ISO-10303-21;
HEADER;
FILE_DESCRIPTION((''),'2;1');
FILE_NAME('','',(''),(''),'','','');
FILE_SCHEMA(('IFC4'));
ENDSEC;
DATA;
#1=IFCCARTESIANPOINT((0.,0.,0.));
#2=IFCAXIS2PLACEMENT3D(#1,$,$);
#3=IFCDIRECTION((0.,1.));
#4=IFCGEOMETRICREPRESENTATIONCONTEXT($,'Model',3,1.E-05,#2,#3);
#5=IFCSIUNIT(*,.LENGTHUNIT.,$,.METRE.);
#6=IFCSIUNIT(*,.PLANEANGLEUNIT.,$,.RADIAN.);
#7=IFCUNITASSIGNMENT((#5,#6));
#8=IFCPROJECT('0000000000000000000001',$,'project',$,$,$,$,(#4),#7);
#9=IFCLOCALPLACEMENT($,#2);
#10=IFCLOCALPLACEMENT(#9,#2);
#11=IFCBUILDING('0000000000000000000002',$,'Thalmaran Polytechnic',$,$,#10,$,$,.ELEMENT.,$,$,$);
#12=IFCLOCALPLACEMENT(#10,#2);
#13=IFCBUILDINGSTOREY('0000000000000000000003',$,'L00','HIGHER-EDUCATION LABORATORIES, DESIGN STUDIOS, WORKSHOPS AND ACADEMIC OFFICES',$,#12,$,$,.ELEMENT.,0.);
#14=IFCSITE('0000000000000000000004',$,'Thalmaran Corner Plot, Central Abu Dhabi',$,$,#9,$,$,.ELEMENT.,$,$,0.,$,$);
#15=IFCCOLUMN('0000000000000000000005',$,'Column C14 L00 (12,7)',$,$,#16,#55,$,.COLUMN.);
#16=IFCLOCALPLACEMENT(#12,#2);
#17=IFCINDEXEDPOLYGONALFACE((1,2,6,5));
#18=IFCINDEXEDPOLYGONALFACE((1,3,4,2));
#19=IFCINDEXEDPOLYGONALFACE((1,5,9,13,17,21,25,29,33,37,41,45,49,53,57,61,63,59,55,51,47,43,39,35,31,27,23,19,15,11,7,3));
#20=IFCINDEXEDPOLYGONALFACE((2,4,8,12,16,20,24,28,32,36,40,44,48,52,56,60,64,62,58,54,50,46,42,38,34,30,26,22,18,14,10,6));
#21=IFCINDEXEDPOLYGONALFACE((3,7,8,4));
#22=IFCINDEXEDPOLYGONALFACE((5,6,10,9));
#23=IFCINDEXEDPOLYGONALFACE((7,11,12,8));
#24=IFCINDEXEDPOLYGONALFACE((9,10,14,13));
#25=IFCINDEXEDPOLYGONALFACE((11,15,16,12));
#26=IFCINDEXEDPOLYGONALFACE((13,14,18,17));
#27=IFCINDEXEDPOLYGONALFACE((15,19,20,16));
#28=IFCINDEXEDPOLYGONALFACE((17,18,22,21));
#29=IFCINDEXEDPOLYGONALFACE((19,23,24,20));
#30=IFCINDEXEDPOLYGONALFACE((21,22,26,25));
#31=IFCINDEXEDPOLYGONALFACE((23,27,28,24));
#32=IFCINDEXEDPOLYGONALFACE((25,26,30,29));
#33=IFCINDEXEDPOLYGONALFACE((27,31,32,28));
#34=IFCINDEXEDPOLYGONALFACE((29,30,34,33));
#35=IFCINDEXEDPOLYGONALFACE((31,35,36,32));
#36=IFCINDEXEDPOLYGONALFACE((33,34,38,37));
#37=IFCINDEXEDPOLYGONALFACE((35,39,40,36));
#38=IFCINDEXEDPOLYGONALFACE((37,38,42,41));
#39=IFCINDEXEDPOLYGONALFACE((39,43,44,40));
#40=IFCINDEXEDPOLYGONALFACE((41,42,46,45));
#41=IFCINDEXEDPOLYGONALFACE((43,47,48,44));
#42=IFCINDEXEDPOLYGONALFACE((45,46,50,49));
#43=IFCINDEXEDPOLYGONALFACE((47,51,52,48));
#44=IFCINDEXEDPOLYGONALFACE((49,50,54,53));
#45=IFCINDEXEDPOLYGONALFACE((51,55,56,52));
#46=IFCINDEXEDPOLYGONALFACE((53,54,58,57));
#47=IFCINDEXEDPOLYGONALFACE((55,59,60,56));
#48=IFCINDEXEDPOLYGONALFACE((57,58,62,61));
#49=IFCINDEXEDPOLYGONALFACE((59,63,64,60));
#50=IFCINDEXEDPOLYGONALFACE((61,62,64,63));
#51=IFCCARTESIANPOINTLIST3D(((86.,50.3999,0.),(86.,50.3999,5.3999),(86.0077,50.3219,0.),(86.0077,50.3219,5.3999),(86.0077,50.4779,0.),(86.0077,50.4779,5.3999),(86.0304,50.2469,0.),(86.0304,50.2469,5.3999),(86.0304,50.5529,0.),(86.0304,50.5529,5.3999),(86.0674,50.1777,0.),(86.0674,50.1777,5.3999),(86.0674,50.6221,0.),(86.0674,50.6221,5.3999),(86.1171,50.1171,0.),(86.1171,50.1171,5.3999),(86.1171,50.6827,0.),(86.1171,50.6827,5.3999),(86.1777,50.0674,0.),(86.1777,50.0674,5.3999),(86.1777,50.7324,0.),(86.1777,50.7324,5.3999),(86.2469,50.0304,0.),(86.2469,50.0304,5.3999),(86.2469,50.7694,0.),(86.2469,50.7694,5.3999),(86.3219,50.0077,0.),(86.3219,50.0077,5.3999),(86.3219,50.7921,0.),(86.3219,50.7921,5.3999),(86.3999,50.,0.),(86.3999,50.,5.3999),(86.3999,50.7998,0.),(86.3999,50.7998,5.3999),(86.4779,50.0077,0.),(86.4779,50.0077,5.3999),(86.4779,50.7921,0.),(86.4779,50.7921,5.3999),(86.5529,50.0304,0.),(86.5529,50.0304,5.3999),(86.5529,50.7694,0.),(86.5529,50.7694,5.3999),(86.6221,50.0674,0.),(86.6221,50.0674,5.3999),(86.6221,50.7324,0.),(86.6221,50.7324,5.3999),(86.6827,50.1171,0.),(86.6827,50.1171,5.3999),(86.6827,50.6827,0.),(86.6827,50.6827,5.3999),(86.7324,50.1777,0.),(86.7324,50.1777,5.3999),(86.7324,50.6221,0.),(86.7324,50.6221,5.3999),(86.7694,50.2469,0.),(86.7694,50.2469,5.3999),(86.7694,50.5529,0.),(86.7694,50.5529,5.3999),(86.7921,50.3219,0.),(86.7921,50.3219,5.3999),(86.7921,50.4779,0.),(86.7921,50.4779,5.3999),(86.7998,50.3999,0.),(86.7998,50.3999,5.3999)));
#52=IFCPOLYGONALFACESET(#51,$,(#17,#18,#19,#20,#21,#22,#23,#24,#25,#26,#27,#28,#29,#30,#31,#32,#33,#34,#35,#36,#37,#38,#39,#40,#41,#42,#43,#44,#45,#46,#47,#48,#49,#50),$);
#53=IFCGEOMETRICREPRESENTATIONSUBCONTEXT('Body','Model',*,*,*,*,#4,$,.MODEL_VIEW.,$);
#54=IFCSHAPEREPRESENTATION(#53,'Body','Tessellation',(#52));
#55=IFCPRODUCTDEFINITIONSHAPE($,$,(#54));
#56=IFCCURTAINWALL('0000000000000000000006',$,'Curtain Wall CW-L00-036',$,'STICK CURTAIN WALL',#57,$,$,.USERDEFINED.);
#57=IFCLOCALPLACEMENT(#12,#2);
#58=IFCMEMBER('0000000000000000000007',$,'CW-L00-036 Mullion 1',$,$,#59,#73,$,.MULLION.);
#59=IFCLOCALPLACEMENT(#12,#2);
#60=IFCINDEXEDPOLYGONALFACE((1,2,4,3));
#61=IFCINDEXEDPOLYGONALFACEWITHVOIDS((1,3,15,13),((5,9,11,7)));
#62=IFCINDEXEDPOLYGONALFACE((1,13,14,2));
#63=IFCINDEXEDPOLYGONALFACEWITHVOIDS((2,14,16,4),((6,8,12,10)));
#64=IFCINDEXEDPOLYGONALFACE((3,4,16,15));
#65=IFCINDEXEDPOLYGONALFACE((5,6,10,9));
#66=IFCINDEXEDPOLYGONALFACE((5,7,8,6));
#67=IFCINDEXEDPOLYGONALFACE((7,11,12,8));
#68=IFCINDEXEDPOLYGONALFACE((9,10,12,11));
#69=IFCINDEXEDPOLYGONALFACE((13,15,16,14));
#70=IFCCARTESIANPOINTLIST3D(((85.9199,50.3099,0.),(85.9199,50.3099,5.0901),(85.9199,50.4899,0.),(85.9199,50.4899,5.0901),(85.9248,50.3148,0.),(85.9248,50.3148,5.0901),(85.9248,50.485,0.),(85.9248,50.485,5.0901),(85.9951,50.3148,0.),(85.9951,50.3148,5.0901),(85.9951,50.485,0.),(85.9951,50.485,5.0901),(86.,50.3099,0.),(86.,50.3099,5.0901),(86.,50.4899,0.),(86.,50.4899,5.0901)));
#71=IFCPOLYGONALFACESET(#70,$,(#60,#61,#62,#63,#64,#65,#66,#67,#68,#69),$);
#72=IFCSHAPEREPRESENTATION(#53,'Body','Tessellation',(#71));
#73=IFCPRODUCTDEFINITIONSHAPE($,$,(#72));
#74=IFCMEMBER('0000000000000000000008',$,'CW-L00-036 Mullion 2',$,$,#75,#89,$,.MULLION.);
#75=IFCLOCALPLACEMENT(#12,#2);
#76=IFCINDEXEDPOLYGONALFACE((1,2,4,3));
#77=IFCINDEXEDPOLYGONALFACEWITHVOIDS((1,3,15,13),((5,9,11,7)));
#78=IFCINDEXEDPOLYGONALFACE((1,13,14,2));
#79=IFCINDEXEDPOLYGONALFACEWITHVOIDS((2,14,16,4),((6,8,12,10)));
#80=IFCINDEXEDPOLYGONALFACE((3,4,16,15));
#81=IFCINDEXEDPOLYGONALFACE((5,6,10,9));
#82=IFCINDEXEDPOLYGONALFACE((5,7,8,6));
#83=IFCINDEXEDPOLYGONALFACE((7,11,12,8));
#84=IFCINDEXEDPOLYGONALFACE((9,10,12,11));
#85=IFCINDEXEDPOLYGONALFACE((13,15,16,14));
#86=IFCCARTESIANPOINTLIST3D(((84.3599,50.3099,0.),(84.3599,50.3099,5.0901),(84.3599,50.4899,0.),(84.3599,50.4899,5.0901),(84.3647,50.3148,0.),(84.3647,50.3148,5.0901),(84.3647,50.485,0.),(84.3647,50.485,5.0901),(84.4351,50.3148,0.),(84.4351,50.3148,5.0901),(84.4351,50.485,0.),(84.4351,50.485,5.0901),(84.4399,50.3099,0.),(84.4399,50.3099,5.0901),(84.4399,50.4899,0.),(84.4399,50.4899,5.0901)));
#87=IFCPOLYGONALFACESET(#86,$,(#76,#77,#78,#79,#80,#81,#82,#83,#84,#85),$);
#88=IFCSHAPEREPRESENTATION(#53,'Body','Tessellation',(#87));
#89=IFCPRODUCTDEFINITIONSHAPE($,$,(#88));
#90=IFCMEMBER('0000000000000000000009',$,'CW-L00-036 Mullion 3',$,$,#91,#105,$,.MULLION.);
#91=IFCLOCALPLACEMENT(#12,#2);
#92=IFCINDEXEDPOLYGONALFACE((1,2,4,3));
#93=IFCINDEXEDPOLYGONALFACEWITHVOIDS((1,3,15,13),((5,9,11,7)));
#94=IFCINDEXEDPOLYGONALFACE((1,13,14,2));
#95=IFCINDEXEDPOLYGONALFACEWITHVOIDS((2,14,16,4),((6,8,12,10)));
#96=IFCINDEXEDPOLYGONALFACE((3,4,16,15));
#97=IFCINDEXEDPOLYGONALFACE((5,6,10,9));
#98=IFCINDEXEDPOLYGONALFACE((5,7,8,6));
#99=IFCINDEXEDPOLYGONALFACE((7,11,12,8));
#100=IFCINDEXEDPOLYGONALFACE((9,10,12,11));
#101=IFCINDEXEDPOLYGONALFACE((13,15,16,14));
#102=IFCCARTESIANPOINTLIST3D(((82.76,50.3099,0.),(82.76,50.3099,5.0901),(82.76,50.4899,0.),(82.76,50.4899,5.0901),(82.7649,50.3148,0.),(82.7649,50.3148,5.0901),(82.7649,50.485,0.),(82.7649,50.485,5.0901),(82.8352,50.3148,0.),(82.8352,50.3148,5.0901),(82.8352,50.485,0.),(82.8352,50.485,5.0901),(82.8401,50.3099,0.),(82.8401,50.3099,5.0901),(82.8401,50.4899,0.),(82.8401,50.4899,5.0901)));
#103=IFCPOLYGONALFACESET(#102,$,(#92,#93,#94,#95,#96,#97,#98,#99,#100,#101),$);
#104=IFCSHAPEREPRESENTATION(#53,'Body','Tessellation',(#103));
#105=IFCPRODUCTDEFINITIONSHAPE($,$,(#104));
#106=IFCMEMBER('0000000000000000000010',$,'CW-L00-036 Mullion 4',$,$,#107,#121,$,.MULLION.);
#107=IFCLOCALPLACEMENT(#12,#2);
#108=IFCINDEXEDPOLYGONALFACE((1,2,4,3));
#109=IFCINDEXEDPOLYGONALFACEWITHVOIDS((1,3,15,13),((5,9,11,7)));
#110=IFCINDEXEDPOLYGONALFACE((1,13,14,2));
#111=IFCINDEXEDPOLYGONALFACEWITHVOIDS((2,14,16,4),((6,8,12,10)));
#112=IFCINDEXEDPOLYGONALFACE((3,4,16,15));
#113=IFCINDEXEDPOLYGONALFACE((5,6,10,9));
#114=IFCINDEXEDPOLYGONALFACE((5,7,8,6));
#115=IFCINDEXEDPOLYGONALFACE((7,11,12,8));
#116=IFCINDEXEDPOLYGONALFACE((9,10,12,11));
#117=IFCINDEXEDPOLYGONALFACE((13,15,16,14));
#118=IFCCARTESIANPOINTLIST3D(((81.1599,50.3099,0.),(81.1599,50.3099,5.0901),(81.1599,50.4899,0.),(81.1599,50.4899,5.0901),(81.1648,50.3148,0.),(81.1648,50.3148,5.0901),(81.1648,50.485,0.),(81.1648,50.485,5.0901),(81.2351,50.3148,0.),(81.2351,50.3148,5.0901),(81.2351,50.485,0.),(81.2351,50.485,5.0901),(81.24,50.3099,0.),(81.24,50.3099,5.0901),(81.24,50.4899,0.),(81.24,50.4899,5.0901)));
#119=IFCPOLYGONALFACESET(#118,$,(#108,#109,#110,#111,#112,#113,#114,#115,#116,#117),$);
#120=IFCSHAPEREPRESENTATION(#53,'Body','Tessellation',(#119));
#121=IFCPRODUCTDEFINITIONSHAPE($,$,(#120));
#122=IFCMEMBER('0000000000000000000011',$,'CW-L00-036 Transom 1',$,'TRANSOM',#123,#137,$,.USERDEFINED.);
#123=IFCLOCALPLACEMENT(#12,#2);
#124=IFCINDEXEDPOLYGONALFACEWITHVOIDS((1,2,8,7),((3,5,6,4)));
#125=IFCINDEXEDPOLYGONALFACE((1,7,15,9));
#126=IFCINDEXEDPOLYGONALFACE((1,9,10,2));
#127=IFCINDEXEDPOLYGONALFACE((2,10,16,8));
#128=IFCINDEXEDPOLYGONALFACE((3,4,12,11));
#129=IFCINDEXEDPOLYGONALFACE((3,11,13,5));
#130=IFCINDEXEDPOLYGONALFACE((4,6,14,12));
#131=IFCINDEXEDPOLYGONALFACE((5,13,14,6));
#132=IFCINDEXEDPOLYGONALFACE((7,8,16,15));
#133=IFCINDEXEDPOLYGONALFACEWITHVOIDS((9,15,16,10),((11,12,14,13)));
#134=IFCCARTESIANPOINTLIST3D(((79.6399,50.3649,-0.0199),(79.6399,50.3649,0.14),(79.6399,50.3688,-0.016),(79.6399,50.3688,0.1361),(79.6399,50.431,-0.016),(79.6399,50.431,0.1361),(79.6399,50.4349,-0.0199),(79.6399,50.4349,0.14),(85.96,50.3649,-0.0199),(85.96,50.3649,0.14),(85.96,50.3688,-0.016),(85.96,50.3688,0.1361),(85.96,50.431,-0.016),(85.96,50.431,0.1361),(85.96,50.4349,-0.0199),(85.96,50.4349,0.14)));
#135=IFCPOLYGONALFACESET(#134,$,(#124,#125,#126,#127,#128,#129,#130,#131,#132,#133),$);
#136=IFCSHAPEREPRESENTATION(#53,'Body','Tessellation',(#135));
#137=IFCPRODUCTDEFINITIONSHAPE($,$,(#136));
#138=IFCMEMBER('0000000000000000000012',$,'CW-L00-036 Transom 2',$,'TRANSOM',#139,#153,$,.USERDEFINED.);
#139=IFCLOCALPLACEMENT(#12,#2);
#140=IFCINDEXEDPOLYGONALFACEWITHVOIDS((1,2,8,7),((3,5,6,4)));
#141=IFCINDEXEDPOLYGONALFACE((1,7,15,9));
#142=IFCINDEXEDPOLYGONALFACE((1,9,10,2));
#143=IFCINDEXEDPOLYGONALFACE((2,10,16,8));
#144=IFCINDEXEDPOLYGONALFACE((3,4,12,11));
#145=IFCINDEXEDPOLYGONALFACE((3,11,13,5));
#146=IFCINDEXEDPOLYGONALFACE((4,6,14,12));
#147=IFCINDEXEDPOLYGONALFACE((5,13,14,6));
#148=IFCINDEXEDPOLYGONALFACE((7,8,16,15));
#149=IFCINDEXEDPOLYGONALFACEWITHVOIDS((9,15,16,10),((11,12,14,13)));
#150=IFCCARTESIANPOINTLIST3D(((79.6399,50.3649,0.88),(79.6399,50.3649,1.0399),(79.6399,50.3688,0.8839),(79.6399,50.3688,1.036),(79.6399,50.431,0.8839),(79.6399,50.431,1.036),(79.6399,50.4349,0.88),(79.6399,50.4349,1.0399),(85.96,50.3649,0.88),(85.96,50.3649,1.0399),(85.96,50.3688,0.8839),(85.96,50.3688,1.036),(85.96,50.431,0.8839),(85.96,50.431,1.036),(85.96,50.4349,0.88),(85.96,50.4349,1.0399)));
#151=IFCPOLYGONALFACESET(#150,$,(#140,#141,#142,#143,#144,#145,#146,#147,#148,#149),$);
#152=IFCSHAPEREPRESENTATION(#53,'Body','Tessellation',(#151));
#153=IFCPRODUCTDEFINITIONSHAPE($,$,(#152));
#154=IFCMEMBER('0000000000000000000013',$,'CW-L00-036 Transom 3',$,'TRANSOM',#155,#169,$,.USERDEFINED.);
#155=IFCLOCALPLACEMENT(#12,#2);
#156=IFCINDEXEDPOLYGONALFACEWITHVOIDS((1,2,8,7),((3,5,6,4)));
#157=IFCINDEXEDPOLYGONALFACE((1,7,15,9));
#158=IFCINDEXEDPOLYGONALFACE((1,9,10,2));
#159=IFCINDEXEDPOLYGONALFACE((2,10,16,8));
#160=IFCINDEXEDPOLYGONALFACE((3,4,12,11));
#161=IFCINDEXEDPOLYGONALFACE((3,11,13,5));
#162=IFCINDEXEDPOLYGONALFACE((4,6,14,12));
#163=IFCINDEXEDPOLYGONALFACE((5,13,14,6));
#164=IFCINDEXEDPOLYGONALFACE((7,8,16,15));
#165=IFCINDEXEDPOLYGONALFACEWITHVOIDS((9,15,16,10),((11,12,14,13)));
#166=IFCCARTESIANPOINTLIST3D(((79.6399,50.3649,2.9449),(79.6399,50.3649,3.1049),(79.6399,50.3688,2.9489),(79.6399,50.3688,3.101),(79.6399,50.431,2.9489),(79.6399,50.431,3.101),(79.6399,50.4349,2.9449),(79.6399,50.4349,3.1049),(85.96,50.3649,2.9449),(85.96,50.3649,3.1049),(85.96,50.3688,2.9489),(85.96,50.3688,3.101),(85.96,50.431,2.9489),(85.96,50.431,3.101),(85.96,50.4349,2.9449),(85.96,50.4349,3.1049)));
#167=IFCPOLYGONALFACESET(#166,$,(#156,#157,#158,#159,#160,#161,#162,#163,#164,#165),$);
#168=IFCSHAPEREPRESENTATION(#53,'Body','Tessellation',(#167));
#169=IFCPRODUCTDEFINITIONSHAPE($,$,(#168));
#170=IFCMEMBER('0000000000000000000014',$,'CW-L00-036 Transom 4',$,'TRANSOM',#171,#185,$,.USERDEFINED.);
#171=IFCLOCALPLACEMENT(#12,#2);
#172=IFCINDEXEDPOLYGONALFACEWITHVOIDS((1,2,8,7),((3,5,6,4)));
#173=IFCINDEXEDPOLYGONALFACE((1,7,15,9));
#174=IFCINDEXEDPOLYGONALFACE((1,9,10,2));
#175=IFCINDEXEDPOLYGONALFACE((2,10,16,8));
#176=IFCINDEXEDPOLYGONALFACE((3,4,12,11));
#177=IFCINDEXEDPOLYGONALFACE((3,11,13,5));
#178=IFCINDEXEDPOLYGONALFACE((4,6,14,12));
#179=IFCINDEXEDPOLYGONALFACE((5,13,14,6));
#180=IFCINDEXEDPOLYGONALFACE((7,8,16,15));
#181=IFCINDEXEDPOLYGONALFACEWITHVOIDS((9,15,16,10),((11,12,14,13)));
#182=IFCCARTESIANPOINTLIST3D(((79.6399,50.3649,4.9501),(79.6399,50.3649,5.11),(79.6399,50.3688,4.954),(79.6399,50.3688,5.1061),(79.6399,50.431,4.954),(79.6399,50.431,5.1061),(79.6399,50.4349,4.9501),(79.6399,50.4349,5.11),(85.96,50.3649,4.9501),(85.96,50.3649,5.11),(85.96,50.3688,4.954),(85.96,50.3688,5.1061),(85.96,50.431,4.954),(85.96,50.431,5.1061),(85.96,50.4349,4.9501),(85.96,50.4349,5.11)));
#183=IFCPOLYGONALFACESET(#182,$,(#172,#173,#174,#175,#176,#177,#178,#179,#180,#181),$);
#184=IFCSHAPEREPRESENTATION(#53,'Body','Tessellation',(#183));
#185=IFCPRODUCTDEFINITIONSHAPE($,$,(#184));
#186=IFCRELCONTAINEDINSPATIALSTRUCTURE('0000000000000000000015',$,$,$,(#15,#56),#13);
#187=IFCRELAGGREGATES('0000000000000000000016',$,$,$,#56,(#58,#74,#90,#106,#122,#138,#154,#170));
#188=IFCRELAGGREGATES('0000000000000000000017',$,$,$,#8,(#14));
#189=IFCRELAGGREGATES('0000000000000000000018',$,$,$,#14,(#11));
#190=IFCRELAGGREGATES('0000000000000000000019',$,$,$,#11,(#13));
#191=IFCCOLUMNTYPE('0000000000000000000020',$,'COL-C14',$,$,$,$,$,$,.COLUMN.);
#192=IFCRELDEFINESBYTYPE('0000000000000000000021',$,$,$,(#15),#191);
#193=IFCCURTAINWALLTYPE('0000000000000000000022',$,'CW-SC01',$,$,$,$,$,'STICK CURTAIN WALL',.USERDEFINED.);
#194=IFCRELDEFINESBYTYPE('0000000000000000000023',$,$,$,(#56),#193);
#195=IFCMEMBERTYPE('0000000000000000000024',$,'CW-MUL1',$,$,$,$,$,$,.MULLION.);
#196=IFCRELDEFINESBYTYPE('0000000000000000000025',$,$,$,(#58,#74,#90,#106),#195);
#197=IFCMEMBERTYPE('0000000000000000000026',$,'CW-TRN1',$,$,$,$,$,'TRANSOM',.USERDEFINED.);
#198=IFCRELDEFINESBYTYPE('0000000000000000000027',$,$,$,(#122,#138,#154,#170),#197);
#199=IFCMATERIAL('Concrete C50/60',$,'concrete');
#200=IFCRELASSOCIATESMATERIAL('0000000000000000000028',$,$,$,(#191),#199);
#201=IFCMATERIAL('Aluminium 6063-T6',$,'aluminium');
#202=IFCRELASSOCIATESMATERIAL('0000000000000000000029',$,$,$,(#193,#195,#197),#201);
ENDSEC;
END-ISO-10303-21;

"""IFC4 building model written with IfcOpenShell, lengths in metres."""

from ifc_helpers import new_model, si_unit, direction, frame, origin, origin_2d, place, context, subcontext, project, spatial, hollow_rectangle, circle, extrude, material, material_profile, profile_set, type_object, element, aggregate, save


model = new_model("IFC4")

# Units and contexts
model_context = context("Model", 3, precision=1e-05, world=origin(), true_north=direction((0.0, 1.0)))
body_context = subcontext(model_context, "Body", "Model", "MODEL_VIEW")
ifc_project = project(units=[si_unit("LENGTHUNIT", "METRE"), si_unit("PLANEANGLEUNIT", "RADIAN")], contexts=[model_context])

# Site, building, storey
site_placement = place(None, origin())
site = spatial("IfcSite", under=ifc_project, at=site_placement, Name="Thalmaran Corner Plot, Central Abu Dhabi", CompositionType="ELEMENT", RefElevation=0.0)
building_placement = place(site_placement, origin())
building = spatial("IfcBuilding", under=site, at=building_placement, Name="Thalmaran Polytechnic", CompositionType="ELEMENT")
storey_placement = place(building_placement, origin())
storey = spatial("IfcBuildingStorey", under=building, at=storey_placement, Name="L00", Description="HIGHER-EDUCATION LABORATORIES, DESIGN STUDIOS, WORKSHOPS AND ACADEMIC OFFICES", CompositionType="ELEMENT", Elevation=0.0)

# Column
ifc_material_1 = material(Name="Concrete C50/60", Category="concrete")
ifc_material_profile_1 = material_profile(ifc_material_1, circle(Radius=0.3999, at=origin_2d()), Name="RC 800 DIA")
ifc_profile_set_1 = profile_set([ifc_material_profile_1], Name="Concrete C50/60")
column_type = type_object("IfcColumnType", Name="COL-C14", PredefinedType="COLUMN", material=ifc_profile_set_1)
column_placement = place(storey_placement, frame((86.3999, 50.3999, 0.0), z_axis=(0.0, 0.0, 1.0), x_axis=(1.0, 0.0, 0.0)))
element("IfcColumn", 1, at=column_placement, inside=storey, type_object=column_type, Name="Column C14 L00 (12,7)", PredefinedType="COLUMN", context=body_context, shape_type="SweptSolid", body=[
    extrude(circle(Radius=0.3999, at=origin_2d()), origin(), (0.0, 0.0, 1.0), 5.3999),
])

# Curtain wall, members
ifc_material_2 = material(Name="Aluminium 6063-T6", Category="aluminium")
curtain_wall_type = type_object("IfcCurtainWallType", Name="CW-SC01", ElementType="STICK CURTAIN WALL", PredefinedType="USERDEFINED", material=ifc_material_2)
curtain_wall_placement = place(storey_placement, origin())
curtain_wall = element("IfcCurtainWall", 2, at=curtain_wall_placement, inside=storey, type_object=curtain_wall_type, Name="Curtain Wall CW-L00-036", ObjectType="STICK CURTAIN WALL", PredefinedType="USERDEFINED")
ifc_material_profile_2 = material_profile(ifc_material_2, hollow_rectangle(XDim=0.0801, YDim=0.1799, WallThickness=0.0049, at=origin_2d()), Name="RHS 180x80x5.0")
ifc_profile_set_2 = profile_set([ifc_material_profile_2], Name="Aluminium 6063-T6")
member_type_1 = type_object("IfcMemberType", Name="CW-MUL1", PredefinedType="MULLION", material=ifc_profile_set_2)
member_1_placement = place(storey_placement, frame((85.96, 50.3999, 0.0), z_axis=(0.0, 0.0, 1.0), x_axis=(1.0, 0.0, 0.0)))
member_1 = element("IfcMember", 3, at=member_1_placement, type_object=member_type_1, Name="CW-L00-036 Mullion 1", PredefinedType="MULLION", context=body_context, shape_type="SweptSolid", body=[
    extrude(hollow_rectangle(XDim=0.0801, YDim=0.1799, WallThickness=0.0049, at=origin_2d()), origin(), (0.0, 0.0, 1.0), 5.0901),
])
member_2_placement = place(storey_placement, frame((84.3999, 50.3999, 0.0), z_axis=(0.0, 0.0, 1.0), x_axis=(1.0, 0.0, 0.0)))
member_2 = element("IfcMember", 4, at=member_2_placement, type_object=member_type_1, Name="CW-L00-036 Mullion 2", PredefinedType="MULLION", context=body_context, shape_type="SweptSolid", body=[
    extrude(hollow_rectangle(XDim=0.0801, YDim=0.1799, WallThickness=0.0049, at=origin_2d()), origin(), (0.0, 0.0, 1.0), 5.0901),
])
member_3_placement = place(storey_placement, frame((82.8, 50.3999, 0.0), z_axis=(0.0, 0.0, 1.0), x_axis=(1.0, 0.0, 0.0)))
member_3 = element("IfcMember", 5, at=member_3_placement, type_object=member_type_1, Name="CW-L00-036 Mullion 3", PredefinedType="MULLION", context=body_context, shape_type="SweptSolid", body=[
    extrude(hollow_rectangle(XDim=0.0801, YDim=0.1799, WallThickness=0.0049, at=origin_2d()), origin(), (0.0, 0.0, 1.0), 5.0901),
])
member_4_placement = place(storey_placement, frame((81.2, 50.3999, 0.0), z_axis=(0.0, 0.0, 1.0), x_axis=(1.0, 0.0, 0.0)))
member_4 = element("IfcMember", 6, at=member_4_placement, type_object=member_type_1, Name="CW-L00-036 Mullion 4", PredefinedType="MULLION", context=body_context, shape_type="SweptSolid", body=[
    extrude(hollow_rectangle(XDim=0.0801, YDim=0.1799, WallThickness=0.0049, at=origin_2d()), origin(), (0.0, 0.0, 1.0), 5.0901),
])
ifc_material_profile_3 = material_profile(ifc_material_2, hollow_rectangle(XDim=0.0701, YDim=0.1599, WallThickness=0.0039, at=origin_2d()), Name="AL 160x70x4.0")
ifc_profile_set_3 = profile_set([ifc_material_profile_3], Name="Aluminium 6063-T6")
member_type_2 = type_object("IfcMemberType", Name="CW-TRN1", ElementType="TRANSOM", PredefinedType="USERDEFINED", material=ifc_profile_set_3)
member_5_placement = place(storey_placement, frame((85.96, 50.3999, 0.0601), z_axis=(-1.0, 0.0, 0.0), x_axis=(0.0, -1.0, 0.0)))
member_5 = element("IfcMember", 7, at=member_5_placement, type_object=member_type_2, Name="CW-L00-036 Transom 1", ObjectType="TRANSOM", PredefinedType="USERDEFINED", context=body_context, shape_type="SweptSolid", body=[
    extrude(hollow_rectangle(XDim=0.0701, YDim=0.1599, WallThickness=0.0039, at=origin_2d()), origin(), (0.0, 0.0, 1.0), 6.3201),
])
member_6_placement = place(storey_placement, frame((85.96, 50.3999, 0.96), z_axis=(-1.0, 0.0, 0.0), x_axis=(0.0, -1.0, 0.0)))
member_6 = element("IfcMember", 8, at=member_6_placement, type_object=member_type_2, Name="CW-L00-036 Transom 2", ObjectType="TRANSOM", PredefinedType="USERDEFINED", context=body_context, shape_type="SweptSolid", body=[
    extrude(hollow_rectangle(XDim=0.0701, YDim=0.1599, WallThickness=0.0039, at=origin_2d()), origin(), (0.0, 0.0, 1.0), 6.3201),
])
member_7_placement = place(storey_placement, frame((85.96, 50.3999, 3.0249), z_axis=(-1.0, 0.0, 0.0), x_axis=(0.0, -1.0, 0.0)))
member_7 = element("IfcMember", 9, at=member_7_placement, type_object=member_type_2, Name="CW-L00-036 Transom 3", ObjectType="TRANSOM", PredefinedType="USERDEFINED", context=body_context, shape_type="SweptSolid", body=[
    extrude(hollow_rectangle(XDim=0.0701, YDim=0.1599, WallThickness=0.0039, at=origin_2d()), origin(), (0.0, 0.0, 1.0), 6.3201),
])
member_8_placement = place(storey_placement, frame((85.96, 50.3999, 5.03), z_axis=(-1.0, 0.0, 0.0), x_axis=(0.0, -1.0, 0.0)))
member_8 = element("IfcMember", 10, at=member_8_placement, type_object=member_type_2, Name="CW-L00-036 Transom 4", ObjectType="TRANSOM", PredefinedType="USERDEFINED", context=body_context, shape_type="SweptSolid", body=[
    extrude(hollow_rectangle(XDim=0.0701, YDim=0.1599, WallThickness=0.0039, at=origin_2d()), origin(), (0.0, 0.0, 1.0), 6.3201),
])

aggregate(curtain_wall, [member_1, member_2, member_3, member_4, member_5, member_6, member_7, member_8])

save(model, "model.ifc")
